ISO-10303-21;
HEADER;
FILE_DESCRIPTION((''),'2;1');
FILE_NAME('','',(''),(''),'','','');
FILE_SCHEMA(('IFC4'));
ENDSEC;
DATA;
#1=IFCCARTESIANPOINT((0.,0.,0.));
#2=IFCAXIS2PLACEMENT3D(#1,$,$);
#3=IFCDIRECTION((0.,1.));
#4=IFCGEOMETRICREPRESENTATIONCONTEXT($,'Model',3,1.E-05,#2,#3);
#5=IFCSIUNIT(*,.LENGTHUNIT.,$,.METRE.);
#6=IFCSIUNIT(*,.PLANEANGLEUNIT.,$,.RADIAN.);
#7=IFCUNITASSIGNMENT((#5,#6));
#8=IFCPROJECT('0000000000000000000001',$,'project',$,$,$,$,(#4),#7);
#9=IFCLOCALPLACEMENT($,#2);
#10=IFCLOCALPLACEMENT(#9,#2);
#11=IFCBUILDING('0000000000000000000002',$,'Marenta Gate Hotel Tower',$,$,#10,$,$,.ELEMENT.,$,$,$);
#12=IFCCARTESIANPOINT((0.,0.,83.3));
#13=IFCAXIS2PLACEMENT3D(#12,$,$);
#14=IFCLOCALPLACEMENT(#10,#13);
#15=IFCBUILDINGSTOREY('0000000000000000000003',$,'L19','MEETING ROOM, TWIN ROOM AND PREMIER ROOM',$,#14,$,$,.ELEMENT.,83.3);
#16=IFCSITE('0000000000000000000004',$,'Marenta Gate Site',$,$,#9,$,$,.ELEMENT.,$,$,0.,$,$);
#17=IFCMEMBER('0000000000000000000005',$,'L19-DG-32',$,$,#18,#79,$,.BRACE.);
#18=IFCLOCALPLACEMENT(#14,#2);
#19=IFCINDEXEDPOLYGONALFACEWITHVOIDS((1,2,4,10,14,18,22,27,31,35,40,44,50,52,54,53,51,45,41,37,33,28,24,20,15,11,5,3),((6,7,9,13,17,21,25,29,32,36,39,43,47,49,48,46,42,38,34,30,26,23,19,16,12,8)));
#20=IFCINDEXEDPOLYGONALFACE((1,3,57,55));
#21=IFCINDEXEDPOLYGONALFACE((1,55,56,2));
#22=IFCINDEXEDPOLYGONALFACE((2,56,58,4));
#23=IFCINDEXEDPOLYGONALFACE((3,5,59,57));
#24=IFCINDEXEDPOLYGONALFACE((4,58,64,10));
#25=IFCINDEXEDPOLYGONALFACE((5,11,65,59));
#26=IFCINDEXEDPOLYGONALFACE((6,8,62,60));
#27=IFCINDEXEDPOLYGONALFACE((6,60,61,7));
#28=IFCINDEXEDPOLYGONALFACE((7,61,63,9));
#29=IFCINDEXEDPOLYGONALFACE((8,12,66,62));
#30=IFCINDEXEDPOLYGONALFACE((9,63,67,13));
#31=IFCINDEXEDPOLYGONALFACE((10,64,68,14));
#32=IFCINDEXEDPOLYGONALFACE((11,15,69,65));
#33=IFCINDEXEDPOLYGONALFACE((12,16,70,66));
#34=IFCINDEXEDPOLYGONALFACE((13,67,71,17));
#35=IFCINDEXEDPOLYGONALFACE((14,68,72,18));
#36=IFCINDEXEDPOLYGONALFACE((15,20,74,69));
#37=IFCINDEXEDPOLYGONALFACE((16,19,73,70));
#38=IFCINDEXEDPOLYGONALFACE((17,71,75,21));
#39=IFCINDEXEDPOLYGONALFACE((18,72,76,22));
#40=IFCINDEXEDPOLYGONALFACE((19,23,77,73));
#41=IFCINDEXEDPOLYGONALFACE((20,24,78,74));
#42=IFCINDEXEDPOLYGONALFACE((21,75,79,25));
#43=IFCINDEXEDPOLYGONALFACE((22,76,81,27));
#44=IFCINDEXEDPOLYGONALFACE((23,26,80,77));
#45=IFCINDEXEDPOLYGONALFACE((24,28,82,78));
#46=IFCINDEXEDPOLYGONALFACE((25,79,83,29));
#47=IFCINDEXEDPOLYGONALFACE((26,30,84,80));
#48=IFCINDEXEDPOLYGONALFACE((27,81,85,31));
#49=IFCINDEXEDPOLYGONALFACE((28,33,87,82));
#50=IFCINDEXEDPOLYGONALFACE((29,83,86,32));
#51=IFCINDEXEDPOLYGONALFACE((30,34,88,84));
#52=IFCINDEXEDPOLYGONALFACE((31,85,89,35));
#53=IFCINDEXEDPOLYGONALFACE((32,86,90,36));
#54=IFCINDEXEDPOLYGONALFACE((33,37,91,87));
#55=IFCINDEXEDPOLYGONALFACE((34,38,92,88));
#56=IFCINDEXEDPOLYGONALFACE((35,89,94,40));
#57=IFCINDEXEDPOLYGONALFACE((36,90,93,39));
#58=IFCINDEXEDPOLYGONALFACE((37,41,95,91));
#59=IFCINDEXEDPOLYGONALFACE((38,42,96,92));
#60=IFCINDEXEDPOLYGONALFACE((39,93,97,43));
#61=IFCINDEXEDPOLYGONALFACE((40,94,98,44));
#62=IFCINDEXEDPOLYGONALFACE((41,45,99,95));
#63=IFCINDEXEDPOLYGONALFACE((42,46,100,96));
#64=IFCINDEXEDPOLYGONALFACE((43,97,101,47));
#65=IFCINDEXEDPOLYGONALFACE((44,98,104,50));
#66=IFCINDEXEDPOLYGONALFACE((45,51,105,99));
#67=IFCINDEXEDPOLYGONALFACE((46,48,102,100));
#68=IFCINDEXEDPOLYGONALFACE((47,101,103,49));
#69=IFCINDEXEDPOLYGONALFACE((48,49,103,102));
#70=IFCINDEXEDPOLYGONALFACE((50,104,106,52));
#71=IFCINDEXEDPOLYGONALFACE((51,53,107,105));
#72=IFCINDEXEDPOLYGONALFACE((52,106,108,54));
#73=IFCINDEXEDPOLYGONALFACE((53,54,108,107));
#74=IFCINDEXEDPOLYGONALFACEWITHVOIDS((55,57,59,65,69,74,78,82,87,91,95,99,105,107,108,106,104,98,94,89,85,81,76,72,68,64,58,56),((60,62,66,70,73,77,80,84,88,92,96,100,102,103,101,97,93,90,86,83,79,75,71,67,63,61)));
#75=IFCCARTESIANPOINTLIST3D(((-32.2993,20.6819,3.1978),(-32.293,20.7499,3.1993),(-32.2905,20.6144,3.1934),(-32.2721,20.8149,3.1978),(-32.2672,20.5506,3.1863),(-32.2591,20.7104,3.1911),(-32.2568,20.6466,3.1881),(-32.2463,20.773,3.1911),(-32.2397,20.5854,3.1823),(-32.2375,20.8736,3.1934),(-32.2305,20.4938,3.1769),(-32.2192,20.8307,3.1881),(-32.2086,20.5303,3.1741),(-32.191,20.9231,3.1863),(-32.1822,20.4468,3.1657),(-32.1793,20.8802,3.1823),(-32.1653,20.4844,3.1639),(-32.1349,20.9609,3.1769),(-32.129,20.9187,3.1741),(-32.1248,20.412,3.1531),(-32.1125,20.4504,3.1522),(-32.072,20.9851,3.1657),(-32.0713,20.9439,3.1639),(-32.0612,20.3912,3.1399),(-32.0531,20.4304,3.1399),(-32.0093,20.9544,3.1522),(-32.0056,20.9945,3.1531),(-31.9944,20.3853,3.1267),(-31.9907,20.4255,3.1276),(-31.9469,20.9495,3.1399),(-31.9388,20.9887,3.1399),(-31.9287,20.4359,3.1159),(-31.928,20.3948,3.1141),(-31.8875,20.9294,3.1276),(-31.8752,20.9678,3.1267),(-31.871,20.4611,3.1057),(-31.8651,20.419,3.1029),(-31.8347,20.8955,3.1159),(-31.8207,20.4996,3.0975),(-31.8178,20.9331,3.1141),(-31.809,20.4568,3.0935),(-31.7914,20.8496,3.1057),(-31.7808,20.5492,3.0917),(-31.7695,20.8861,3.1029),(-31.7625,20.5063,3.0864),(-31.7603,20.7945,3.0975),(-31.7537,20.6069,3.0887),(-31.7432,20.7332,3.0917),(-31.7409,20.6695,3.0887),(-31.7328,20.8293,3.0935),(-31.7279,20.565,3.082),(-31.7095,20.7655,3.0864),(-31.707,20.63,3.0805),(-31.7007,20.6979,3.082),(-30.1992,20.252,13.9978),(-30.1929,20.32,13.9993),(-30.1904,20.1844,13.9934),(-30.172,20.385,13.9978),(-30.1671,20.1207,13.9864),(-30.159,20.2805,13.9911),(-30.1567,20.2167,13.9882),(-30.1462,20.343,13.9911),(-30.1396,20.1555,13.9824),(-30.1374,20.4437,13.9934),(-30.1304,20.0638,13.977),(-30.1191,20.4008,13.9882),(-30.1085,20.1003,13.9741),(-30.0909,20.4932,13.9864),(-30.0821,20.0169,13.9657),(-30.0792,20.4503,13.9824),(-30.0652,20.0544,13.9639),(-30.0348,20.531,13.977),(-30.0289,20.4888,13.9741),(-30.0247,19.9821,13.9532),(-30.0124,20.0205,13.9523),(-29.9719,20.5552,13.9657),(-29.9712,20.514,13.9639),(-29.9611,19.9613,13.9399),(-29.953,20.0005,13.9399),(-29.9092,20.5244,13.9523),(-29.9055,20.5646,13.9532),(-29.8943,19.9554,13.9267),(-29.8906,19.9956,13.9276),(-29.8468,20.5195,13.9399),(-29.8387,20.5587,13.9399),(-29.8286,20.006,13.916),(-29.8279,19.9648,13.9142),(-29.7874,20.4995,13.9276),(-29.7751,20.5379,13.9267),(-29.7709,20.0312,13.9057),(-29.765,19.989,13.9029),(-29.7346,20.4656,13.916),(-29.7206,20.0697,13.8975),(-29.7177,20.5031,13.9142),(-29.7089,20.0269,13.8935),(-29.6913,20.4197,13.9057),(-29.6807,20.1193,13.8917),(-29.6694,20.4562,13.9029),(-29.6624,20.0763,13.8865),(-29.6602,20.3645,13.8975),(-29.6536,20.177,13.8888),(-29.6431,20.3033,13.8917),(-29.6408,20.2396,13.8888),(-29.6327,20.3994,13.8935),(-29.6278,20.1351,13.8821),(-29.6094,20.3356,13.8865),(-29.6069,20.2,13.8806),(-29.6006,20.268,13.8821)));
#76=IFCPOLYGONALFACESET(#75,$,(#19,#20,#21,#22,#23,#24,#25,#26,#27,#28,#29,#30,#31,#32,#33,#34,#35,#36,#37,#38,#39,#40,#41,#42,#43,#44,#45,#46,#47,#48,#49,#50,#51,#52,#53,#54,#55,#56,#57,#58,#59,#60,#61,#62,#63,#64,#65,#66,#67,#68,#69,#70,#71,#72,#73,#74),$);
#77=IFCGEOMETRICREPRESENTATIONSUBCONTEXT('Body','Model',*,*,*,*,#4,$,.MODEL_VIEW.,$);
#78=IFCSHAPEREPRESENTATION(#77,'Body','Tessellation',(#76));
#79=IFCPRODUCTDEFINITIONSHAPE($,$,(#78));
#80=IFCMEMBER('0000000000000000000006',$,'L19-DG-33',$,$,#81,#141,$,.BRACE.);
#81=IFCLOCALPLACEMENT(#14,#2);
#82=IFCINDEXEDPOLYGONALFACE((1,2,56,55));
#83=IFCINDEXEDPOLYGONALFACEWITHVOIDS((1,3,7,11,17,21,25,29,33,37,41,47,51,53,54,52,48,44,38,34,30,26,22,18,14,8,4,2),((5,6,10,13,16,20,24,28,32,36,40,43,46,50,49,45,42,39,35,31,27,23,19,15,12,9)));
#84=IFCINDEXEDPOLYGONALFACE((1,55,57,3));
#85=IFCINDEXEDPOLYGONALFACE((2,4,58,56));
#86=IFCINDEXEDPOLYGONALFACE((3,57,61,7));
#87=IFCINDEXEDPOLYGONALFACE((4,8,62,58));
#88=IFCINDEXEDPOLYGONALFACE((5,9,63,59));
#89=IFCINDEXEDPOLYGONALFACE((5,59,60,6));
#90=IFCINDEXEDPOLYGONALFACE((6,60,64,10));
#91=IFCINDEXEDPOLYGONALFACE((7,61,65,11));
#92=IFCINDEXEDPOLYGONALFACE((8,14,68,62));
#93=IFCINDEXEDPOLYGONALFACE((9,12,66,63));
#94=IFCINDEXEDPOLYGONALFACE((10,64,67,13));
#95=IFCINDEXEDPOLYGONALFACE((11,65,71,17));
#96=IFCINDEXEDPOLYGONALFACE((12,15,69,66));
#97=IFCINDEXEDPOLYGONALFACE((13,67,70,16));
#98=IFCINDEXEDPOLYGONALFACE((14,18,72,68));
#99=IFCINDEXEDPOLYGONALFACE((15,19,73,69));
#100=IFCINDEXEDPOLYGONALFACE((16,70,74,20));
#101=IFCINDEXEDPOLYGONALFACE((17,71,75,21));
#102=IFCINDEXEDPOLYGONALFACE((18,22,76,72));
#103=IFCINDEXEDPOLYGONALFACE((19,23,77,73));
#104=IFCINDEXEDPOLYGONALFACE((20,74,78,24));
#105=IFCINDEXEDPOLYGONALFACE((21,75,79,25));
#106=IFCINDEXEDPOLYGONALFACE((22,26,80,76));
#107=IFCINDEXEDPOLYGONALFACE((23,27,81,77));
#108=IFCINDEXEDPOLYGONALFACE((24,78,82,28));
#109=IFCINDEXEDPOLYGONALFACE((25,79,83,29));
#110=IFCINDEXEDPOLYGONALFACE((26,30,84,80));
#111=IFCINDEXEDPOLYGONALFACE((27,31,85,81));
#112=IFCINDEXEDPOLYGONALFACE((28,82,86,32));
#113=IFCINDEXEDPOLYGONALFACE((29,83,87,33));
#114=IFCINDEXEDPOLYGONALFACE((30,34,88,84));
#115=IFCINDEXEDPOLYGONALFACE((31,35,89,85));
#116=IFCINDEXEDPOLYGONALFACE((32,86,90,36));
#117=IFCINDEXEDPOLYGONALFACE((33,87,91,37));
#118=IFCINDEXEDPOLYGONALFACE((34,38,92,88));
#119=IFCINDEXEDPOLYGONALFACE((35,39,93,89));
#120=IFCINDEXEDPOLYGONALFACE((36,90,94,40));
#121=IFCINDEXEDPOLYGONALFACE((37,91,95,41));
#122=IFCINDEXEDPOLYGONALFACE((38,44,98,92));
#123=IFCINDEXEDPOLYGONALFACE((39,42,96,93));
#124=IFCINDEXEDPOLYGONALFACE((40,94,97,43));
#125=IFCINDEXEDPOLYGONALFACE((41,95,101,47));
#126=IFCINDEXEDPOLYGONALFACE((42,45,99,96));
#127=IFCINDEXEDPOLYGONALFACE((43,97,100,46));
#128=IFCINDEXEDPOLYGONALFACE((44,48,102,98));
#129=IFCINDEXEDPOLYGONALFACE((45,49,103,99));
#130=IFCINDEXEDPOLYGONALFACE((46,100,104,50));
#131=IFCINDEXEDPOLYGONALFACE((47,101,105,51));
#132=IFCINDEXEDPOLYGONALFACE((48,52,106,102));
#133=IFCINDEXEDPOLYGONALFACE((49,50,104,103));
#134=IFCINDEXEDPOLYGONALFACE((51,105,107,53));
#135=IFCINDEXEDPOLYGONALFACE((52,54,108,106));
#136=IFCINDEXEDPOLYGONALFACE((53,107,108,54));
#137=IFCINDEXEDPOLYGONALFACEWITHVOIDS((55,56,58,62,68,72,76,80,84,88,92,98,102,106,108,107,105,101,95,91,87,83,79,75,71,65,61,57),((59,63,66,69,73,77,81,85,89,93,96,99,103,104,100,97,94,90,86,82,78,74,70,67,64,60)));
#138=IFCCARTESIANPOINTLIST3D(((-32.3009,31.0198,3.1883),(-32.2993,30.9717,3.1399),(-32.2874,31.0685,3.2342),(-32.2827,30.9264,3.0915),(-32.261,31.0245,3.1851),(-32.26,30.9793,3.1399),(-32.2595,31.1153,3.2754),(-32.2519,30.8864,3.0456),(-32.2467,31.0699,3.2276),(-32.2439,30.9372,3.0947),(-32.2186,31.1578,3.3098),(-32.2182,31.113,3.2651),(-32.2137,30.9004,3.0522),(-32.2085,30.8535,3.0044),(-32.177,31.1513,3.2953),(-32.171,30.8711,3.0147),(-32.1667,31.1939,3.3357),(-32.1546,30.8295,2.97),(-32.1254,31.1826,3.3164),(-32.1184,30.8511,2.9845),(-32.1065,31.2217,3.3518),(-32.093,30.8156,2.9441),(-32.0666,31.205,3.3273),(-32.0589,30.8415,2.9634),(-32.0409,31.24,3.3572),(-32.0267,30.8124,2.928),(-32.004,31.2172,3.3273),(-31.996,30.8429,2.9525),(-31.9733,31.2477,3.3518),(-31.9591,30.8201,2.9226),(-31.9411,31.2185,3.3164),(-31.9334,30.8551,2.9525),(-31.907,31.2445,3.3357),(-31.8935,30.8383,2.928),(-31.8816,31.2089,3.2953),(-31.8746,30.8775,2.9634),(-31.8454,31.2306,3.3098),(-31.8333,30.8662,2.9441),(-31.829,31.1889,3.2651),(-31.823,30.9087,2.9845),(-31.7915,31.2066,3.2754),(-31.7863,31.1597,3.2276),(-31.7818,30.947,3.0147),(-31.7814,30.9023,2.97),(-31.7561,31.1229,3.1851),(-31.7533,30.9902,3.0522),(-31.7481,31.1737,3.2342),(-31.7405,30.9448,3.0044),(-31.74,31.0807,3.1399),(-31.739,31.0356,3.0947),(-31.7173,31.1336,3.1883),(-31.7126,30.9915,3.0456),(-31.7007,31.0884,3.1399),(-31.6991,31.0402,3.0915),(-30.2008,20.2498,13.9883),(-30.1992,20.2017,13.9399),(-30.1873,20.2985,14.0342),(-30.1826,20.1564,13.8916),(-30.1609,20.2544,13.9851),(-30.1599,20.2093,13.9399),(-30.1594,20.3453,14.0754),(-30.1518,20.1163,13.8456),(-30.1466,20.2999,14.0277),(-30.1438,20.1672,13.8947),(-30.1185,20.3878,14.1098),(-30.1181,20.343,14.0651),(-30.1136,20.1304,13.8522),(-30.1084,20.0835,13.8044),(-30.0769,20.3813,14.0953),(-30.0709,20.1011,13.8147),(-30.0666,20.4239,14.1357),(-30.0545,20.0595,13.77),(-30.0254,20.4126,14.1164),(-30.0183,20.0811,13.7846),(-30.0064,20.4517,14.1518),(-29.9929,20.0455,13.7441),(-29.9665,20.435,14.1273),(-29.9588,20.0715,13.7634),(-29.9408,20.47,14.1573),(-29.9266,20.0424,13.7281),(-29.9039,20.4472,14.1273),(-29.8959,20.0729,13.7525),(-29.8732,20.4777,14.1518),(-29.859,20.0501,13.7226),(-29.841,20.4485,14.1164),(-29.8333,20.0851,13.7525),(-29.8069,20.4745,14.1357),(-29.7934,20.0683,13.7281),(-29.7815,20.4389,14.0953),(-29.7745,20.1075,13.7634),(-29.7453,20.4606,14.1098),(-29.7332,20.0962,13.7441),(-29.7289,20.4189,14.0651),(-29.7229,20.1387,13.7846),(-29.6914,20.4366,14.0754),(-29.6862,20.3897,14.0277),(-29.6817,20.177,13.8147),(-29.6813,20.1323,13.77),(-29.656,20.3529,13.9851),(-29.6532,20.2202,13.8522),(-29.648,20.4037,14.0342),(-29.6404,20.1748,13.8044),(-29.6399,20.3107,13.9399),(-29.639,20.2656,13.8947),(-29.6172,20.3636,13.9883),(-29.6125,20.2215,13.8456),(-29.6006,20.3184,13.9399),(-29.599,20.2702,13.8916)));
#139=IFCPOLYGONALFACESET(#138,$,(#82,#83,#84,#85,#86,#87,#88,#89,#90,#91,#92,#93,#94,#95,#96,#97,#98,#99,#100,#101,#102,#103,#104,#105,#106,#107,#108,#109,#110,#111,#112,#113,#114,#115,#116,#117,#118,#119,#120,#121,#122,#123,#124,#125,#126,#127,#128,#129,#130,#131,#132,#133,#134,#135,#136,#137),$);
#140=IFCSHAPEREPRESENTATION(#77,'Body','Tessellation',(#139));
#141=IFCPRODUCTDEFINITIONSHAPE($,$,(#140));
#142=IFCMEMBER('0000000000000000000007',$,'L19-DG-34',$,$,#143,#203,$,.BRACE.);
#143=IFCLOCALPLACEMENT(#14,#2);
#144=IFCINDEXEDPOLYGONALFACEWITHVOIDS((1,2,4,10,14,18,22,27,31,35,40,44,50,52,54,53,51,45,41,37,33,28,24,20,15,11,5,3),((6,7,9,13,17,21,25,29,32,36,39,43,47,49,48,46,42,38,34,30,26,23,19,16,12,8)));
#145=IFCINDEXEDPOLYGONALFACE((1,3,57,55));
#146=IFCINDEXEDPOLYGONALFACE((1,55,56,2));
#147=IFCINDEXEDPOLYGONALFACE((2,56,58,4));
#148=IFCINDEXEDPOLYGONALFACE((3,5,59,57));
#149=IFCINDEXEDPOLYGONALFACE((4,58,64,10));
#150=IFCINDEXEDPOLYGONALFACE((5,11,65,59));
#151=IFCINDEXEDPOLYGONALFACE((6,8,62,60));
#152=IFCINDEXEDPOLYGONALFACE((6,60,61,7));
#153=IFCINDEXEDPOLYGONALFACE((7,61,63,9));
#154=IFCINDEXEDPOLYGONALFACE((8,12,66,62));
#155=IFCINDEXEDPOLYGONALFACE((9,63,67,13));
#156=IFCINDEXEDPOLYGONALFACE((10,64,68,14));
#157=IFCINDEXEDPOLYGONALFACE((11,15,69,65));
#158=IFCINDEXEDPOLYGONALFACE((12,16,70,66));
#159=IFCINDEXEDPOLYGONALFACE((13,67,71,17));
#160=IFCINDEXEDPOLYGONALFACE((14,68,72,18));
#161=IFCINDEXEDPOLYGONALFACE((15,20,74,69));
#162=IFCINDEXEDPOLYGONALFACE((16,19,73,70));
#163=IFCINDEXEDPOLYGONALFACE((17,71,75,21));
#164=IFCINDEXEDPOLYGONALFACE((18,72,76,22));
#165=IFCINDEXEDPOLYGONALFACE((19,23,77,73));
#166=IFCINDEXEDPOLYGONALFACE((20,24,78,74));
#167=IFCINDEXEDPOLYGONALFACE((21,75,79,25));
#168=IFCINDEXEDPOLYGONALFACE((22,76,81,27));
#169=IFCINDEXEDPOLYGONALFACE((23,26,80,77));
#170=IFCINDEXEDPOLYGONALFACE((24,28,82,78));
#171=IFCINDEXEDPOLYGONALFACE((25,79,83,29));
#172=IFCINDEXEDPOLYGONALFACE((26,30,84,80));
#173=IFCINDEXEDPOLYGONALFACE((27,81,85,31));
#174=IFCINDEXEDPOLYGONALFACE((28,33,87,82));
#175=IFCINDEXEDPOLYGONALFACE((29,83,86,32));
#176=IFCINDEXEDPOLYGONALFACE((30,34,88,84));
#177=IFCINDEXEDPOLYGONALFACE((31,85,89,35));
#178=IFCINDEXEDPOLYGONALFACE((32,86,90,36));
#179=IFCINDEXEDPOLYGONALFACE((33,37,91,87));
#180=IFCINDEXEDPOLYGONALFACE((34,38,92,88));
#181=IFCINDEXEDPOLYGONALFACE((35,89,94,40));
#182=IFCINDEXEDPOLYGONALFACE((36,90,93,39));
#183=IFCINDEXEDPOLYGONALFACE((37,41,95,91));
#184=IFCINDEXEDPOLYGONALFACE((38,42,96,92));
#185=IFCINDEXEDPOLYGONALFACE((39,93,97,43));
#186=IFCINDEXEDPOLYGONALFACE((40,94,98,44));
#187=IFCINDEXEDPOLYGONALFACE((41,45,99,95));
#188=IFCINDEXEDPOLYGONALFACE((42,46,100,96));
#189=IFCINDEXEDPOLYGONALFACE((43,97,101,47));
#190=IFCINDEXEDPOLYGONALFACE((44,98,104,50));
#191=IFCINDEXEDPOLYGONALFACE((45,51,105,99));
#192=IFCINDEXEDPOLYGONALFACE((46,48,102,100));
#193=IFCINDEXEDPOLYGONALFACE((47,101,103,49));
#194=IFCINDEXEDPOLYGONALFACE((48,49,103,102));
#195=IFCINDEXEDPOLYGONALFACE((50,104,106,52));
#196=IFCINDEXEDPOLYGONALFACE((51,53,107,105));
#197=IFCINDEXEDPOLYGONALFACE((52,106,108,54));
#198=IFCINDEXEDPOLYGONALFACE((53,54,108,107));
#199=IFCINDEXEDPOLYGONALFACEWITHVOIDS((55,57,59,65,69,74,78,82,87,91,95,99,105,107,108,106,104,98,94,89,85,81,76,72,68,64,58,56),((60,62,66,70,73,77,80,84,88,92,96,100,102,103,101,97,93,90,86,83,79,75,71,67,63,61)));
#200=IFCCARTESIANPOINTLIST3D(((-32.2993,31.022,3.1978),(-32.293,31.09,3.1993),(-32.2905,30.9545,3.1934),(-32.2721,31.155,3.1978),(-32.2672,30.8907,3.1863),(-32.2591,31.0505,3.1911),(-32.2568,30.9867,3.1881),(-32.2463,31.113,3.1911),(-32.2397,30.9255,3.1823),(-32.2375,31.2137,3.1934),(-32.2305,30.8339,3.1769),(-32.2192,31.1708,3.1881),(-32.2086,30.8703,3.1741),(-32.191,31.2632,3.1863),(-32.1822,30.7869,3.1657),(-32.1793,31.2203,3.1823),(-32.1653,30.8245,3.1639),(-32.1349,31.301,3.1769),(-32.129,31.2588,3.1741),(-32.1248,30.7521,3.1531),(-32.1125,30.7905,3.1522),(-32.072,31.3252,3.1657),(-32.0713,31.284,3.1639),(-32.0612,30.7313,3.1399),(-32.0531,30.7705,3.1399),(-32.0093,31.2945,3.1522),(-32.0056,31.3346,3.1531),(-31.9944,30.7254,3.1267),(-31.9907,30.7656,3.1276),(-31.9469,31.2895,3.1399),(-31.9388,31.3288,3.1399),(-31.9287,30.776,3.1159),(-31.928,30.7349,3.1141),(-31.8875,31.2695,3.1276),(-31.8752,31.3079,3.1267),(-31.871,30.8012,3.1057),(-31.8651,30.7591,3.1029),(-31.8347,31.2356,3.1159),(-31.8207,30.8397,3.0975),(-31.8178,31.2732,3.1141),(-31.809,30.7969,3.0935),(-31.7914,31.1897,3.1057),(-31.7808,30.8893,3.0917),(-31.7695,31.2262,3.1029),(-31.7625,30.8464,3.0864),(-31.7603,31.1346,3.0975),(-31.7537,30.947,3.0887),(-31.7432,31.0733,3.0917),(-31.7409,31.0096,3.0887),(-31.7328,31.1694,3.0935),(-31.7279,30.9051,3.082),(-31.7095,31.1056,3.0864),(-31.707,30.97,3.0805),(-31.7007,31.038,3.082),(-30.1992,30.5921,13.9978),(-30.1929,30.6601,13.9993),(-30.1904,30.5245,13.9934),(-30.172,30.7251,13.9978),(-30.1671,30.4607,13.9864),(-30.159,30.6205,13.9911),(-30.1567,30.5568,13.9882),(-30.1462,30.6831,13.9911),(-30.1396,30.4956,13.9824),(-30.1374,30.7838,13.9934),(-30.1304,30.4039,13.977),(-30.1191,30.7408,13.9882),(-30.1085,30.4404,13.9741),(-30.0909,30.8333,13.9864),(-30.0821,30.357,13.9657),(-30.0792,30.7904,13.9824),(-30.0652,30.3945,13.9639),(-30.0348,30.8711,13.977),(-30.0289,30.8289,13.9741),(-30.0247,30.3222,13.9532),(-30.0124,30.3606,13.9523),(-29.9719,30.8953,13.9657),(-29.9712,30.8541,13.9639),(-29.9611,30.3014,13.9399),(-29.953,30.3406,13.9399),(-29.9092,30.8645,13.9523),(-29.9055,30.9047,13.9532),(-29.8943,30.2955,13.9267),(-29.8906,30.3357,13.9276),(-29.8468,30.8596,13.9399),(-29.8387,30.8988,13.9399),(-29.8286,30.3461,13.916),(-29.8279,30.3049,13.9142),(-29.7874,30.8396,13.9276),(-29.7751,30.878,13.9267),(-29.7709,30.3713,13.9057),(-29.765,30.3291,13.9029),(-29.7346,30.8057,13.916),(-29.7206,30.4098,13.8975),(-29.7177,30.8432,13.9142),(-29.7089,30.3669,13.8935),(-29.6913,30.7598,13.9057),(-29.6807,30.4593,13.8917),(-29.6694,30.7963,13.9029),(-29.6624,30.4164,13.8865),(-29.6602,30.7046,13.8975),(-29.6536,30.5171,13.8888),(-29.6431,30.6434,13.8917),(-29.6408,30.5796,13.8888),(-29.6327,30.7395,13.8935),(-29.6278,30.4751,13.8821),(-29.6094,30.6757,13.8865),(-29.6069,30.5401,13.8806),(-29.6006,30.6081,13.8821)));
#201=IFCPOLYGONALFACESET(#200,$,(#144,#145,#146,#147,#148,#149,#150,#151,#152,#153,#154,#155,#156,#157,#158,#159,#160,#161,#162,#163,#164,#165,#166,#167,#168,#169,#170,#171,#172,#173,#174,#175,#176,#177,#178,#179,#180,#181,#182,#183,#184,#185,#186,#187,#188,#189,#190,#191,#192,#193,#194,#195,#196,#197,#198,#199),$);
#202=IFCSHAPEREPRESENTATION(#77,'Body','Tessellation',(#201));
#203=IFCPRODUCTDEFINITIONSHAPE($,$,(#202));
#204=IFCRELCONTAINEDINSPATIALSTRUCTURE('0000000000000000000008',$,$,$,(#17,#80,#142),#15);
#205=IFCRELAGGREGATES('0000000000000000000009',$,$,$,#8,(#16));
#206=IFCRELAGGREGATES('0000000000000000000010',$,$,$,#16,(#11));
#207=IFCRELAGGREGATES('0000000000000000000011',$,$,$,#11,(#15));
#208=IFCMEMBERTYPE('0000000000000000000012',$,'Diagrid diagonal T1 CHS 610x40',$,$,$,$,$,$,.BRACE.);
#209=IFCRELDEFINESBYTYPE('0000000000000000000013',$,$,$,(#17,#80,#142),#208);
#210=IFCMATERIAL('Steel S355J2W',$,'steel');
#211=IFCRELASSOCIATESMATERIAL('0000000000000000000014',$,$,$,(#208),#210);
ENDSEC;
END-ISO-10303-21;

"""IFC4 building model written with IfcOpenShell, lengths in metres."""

from ifc_helpers import new_model, si_unit, direction, frame, origin, origin_2d, place, context, subcontext, project, spatial, hollow_circle, extrude, material, material_profile, profile_set, type_object, element, save


model = new_model("IFC4")

# Units and contexts
model_context = context("Model", 3, precision=1e-05, world=origin(), true_north=direction((0.0, 1.0)))
body_context = subcontext(model_context, "Body", "Model", "MODEL_VIEW")
ifc_project = project(units=[si_unit("LENGTHUNIT", "METRE"), si_unit("PLANEANGLEUNIT", "RADIAN")], contexts=[model_context])

# Site, building, storey
site_placement = place(None, origin())
site = spatial("IfcSite", under=ifc_project, at=site_placement, Name="Marenta Gate Site", CompositionType="ELEMENT", RefElevation=0.0)
building_placement = place(site_placement, origin())
building = spatial("IfcBuilding", under=site, at=building_placement, Name="Marenta Gate Hotel Tower", CompositionType="ELEMENT")
storey_placement = place(building_placement, frame((0.0, 0.0, 83.3)))
storey = spatial("IfcBuildingStorey", under=building, at=storey_placement, Name="L19", Description="MEETING ROOM, TWIN ROOM AND PREMIER ROOM", CompositionType="ELEMENT", Elevation=83.3)

# Members
ifc_material_1 = material(Name="Steel S355J2W", Category="steel")
ifc_material_profile_1 = material_profile(ifc_material_1, hollow_circle(Radius=0.3049, WallThickness=0.04, at=origin_2d()), Name="CHS 610x40")
ifc_profile_set_1 = profile_set([ifc_material_profile_1], Name="Steel S355J2W")
member_type_1 = type_object("IfcMemberType", Name="Diagrid diagonal T1 CHS 610x40", PredefinedType="BRACE", material=ifc_profile_set_1)
member_1_placement = place(storey_placement, frame((-32.0, 20.6899, 3.1399), z_axis=(0.190732, -0.039047, 0.980865), x_axis=(0.20056, 0.979681, 0.0)))
element("IfcMember", 1, at=member_1_placement, inside=storey, type_object=member_type_1, Name="L19-DG-32", PredefinedType="BRACE", context=body_context, shape_type="SweptSolid", body=[
    extrude(hollow_circle(Radius=0.3049, WallThickness=0.04, at=origin_2d()), origin(), (0.0, 0.0, 1.0), 11.0107),
])
member_2_placement = place(storey_placement, frame((-32.0, 31.03, 3.1399), z_axis=(0.136403, -0.699522, 0.701472), x_axis=(0.981514, 0.19139, 0.0)))
element("IfcMember", 2, at=member_2_placement, inside=storey, type_object=member_type_1, Name="L19-DG-33", PredefinedType="BRACE", context=body_context, shape_type="SweptSolid", body=[
    extrude(hollow_circle(Radius=0.3049, WallThickness=0.04, at=origin_2d()), origin(), (0.0, 0.0, 1.0), 15.3962),
])
member_3_placement = place(storey_placement, frame((-32.0, 31.03, 3.1399), z_axis=(0.190732, -0.039047, 0.980865), x_axis=(0.20056, 0.979681, 0.0)))
element("IfcMember", 3, at=member_3_placement, inside=storey, type_object=member_type_1, Name="L19-DG-34", PredefinedType="BRACE", context=body_context, shape_type="SweptSolid", body=[
    extrude(hollow_circle(Radius=0.3049, WallThickness=0.04, at=origin_2d()), origin(), (0.0, 0.0, 1.0), 11.0107),
])

save(model, "model.ifc")
